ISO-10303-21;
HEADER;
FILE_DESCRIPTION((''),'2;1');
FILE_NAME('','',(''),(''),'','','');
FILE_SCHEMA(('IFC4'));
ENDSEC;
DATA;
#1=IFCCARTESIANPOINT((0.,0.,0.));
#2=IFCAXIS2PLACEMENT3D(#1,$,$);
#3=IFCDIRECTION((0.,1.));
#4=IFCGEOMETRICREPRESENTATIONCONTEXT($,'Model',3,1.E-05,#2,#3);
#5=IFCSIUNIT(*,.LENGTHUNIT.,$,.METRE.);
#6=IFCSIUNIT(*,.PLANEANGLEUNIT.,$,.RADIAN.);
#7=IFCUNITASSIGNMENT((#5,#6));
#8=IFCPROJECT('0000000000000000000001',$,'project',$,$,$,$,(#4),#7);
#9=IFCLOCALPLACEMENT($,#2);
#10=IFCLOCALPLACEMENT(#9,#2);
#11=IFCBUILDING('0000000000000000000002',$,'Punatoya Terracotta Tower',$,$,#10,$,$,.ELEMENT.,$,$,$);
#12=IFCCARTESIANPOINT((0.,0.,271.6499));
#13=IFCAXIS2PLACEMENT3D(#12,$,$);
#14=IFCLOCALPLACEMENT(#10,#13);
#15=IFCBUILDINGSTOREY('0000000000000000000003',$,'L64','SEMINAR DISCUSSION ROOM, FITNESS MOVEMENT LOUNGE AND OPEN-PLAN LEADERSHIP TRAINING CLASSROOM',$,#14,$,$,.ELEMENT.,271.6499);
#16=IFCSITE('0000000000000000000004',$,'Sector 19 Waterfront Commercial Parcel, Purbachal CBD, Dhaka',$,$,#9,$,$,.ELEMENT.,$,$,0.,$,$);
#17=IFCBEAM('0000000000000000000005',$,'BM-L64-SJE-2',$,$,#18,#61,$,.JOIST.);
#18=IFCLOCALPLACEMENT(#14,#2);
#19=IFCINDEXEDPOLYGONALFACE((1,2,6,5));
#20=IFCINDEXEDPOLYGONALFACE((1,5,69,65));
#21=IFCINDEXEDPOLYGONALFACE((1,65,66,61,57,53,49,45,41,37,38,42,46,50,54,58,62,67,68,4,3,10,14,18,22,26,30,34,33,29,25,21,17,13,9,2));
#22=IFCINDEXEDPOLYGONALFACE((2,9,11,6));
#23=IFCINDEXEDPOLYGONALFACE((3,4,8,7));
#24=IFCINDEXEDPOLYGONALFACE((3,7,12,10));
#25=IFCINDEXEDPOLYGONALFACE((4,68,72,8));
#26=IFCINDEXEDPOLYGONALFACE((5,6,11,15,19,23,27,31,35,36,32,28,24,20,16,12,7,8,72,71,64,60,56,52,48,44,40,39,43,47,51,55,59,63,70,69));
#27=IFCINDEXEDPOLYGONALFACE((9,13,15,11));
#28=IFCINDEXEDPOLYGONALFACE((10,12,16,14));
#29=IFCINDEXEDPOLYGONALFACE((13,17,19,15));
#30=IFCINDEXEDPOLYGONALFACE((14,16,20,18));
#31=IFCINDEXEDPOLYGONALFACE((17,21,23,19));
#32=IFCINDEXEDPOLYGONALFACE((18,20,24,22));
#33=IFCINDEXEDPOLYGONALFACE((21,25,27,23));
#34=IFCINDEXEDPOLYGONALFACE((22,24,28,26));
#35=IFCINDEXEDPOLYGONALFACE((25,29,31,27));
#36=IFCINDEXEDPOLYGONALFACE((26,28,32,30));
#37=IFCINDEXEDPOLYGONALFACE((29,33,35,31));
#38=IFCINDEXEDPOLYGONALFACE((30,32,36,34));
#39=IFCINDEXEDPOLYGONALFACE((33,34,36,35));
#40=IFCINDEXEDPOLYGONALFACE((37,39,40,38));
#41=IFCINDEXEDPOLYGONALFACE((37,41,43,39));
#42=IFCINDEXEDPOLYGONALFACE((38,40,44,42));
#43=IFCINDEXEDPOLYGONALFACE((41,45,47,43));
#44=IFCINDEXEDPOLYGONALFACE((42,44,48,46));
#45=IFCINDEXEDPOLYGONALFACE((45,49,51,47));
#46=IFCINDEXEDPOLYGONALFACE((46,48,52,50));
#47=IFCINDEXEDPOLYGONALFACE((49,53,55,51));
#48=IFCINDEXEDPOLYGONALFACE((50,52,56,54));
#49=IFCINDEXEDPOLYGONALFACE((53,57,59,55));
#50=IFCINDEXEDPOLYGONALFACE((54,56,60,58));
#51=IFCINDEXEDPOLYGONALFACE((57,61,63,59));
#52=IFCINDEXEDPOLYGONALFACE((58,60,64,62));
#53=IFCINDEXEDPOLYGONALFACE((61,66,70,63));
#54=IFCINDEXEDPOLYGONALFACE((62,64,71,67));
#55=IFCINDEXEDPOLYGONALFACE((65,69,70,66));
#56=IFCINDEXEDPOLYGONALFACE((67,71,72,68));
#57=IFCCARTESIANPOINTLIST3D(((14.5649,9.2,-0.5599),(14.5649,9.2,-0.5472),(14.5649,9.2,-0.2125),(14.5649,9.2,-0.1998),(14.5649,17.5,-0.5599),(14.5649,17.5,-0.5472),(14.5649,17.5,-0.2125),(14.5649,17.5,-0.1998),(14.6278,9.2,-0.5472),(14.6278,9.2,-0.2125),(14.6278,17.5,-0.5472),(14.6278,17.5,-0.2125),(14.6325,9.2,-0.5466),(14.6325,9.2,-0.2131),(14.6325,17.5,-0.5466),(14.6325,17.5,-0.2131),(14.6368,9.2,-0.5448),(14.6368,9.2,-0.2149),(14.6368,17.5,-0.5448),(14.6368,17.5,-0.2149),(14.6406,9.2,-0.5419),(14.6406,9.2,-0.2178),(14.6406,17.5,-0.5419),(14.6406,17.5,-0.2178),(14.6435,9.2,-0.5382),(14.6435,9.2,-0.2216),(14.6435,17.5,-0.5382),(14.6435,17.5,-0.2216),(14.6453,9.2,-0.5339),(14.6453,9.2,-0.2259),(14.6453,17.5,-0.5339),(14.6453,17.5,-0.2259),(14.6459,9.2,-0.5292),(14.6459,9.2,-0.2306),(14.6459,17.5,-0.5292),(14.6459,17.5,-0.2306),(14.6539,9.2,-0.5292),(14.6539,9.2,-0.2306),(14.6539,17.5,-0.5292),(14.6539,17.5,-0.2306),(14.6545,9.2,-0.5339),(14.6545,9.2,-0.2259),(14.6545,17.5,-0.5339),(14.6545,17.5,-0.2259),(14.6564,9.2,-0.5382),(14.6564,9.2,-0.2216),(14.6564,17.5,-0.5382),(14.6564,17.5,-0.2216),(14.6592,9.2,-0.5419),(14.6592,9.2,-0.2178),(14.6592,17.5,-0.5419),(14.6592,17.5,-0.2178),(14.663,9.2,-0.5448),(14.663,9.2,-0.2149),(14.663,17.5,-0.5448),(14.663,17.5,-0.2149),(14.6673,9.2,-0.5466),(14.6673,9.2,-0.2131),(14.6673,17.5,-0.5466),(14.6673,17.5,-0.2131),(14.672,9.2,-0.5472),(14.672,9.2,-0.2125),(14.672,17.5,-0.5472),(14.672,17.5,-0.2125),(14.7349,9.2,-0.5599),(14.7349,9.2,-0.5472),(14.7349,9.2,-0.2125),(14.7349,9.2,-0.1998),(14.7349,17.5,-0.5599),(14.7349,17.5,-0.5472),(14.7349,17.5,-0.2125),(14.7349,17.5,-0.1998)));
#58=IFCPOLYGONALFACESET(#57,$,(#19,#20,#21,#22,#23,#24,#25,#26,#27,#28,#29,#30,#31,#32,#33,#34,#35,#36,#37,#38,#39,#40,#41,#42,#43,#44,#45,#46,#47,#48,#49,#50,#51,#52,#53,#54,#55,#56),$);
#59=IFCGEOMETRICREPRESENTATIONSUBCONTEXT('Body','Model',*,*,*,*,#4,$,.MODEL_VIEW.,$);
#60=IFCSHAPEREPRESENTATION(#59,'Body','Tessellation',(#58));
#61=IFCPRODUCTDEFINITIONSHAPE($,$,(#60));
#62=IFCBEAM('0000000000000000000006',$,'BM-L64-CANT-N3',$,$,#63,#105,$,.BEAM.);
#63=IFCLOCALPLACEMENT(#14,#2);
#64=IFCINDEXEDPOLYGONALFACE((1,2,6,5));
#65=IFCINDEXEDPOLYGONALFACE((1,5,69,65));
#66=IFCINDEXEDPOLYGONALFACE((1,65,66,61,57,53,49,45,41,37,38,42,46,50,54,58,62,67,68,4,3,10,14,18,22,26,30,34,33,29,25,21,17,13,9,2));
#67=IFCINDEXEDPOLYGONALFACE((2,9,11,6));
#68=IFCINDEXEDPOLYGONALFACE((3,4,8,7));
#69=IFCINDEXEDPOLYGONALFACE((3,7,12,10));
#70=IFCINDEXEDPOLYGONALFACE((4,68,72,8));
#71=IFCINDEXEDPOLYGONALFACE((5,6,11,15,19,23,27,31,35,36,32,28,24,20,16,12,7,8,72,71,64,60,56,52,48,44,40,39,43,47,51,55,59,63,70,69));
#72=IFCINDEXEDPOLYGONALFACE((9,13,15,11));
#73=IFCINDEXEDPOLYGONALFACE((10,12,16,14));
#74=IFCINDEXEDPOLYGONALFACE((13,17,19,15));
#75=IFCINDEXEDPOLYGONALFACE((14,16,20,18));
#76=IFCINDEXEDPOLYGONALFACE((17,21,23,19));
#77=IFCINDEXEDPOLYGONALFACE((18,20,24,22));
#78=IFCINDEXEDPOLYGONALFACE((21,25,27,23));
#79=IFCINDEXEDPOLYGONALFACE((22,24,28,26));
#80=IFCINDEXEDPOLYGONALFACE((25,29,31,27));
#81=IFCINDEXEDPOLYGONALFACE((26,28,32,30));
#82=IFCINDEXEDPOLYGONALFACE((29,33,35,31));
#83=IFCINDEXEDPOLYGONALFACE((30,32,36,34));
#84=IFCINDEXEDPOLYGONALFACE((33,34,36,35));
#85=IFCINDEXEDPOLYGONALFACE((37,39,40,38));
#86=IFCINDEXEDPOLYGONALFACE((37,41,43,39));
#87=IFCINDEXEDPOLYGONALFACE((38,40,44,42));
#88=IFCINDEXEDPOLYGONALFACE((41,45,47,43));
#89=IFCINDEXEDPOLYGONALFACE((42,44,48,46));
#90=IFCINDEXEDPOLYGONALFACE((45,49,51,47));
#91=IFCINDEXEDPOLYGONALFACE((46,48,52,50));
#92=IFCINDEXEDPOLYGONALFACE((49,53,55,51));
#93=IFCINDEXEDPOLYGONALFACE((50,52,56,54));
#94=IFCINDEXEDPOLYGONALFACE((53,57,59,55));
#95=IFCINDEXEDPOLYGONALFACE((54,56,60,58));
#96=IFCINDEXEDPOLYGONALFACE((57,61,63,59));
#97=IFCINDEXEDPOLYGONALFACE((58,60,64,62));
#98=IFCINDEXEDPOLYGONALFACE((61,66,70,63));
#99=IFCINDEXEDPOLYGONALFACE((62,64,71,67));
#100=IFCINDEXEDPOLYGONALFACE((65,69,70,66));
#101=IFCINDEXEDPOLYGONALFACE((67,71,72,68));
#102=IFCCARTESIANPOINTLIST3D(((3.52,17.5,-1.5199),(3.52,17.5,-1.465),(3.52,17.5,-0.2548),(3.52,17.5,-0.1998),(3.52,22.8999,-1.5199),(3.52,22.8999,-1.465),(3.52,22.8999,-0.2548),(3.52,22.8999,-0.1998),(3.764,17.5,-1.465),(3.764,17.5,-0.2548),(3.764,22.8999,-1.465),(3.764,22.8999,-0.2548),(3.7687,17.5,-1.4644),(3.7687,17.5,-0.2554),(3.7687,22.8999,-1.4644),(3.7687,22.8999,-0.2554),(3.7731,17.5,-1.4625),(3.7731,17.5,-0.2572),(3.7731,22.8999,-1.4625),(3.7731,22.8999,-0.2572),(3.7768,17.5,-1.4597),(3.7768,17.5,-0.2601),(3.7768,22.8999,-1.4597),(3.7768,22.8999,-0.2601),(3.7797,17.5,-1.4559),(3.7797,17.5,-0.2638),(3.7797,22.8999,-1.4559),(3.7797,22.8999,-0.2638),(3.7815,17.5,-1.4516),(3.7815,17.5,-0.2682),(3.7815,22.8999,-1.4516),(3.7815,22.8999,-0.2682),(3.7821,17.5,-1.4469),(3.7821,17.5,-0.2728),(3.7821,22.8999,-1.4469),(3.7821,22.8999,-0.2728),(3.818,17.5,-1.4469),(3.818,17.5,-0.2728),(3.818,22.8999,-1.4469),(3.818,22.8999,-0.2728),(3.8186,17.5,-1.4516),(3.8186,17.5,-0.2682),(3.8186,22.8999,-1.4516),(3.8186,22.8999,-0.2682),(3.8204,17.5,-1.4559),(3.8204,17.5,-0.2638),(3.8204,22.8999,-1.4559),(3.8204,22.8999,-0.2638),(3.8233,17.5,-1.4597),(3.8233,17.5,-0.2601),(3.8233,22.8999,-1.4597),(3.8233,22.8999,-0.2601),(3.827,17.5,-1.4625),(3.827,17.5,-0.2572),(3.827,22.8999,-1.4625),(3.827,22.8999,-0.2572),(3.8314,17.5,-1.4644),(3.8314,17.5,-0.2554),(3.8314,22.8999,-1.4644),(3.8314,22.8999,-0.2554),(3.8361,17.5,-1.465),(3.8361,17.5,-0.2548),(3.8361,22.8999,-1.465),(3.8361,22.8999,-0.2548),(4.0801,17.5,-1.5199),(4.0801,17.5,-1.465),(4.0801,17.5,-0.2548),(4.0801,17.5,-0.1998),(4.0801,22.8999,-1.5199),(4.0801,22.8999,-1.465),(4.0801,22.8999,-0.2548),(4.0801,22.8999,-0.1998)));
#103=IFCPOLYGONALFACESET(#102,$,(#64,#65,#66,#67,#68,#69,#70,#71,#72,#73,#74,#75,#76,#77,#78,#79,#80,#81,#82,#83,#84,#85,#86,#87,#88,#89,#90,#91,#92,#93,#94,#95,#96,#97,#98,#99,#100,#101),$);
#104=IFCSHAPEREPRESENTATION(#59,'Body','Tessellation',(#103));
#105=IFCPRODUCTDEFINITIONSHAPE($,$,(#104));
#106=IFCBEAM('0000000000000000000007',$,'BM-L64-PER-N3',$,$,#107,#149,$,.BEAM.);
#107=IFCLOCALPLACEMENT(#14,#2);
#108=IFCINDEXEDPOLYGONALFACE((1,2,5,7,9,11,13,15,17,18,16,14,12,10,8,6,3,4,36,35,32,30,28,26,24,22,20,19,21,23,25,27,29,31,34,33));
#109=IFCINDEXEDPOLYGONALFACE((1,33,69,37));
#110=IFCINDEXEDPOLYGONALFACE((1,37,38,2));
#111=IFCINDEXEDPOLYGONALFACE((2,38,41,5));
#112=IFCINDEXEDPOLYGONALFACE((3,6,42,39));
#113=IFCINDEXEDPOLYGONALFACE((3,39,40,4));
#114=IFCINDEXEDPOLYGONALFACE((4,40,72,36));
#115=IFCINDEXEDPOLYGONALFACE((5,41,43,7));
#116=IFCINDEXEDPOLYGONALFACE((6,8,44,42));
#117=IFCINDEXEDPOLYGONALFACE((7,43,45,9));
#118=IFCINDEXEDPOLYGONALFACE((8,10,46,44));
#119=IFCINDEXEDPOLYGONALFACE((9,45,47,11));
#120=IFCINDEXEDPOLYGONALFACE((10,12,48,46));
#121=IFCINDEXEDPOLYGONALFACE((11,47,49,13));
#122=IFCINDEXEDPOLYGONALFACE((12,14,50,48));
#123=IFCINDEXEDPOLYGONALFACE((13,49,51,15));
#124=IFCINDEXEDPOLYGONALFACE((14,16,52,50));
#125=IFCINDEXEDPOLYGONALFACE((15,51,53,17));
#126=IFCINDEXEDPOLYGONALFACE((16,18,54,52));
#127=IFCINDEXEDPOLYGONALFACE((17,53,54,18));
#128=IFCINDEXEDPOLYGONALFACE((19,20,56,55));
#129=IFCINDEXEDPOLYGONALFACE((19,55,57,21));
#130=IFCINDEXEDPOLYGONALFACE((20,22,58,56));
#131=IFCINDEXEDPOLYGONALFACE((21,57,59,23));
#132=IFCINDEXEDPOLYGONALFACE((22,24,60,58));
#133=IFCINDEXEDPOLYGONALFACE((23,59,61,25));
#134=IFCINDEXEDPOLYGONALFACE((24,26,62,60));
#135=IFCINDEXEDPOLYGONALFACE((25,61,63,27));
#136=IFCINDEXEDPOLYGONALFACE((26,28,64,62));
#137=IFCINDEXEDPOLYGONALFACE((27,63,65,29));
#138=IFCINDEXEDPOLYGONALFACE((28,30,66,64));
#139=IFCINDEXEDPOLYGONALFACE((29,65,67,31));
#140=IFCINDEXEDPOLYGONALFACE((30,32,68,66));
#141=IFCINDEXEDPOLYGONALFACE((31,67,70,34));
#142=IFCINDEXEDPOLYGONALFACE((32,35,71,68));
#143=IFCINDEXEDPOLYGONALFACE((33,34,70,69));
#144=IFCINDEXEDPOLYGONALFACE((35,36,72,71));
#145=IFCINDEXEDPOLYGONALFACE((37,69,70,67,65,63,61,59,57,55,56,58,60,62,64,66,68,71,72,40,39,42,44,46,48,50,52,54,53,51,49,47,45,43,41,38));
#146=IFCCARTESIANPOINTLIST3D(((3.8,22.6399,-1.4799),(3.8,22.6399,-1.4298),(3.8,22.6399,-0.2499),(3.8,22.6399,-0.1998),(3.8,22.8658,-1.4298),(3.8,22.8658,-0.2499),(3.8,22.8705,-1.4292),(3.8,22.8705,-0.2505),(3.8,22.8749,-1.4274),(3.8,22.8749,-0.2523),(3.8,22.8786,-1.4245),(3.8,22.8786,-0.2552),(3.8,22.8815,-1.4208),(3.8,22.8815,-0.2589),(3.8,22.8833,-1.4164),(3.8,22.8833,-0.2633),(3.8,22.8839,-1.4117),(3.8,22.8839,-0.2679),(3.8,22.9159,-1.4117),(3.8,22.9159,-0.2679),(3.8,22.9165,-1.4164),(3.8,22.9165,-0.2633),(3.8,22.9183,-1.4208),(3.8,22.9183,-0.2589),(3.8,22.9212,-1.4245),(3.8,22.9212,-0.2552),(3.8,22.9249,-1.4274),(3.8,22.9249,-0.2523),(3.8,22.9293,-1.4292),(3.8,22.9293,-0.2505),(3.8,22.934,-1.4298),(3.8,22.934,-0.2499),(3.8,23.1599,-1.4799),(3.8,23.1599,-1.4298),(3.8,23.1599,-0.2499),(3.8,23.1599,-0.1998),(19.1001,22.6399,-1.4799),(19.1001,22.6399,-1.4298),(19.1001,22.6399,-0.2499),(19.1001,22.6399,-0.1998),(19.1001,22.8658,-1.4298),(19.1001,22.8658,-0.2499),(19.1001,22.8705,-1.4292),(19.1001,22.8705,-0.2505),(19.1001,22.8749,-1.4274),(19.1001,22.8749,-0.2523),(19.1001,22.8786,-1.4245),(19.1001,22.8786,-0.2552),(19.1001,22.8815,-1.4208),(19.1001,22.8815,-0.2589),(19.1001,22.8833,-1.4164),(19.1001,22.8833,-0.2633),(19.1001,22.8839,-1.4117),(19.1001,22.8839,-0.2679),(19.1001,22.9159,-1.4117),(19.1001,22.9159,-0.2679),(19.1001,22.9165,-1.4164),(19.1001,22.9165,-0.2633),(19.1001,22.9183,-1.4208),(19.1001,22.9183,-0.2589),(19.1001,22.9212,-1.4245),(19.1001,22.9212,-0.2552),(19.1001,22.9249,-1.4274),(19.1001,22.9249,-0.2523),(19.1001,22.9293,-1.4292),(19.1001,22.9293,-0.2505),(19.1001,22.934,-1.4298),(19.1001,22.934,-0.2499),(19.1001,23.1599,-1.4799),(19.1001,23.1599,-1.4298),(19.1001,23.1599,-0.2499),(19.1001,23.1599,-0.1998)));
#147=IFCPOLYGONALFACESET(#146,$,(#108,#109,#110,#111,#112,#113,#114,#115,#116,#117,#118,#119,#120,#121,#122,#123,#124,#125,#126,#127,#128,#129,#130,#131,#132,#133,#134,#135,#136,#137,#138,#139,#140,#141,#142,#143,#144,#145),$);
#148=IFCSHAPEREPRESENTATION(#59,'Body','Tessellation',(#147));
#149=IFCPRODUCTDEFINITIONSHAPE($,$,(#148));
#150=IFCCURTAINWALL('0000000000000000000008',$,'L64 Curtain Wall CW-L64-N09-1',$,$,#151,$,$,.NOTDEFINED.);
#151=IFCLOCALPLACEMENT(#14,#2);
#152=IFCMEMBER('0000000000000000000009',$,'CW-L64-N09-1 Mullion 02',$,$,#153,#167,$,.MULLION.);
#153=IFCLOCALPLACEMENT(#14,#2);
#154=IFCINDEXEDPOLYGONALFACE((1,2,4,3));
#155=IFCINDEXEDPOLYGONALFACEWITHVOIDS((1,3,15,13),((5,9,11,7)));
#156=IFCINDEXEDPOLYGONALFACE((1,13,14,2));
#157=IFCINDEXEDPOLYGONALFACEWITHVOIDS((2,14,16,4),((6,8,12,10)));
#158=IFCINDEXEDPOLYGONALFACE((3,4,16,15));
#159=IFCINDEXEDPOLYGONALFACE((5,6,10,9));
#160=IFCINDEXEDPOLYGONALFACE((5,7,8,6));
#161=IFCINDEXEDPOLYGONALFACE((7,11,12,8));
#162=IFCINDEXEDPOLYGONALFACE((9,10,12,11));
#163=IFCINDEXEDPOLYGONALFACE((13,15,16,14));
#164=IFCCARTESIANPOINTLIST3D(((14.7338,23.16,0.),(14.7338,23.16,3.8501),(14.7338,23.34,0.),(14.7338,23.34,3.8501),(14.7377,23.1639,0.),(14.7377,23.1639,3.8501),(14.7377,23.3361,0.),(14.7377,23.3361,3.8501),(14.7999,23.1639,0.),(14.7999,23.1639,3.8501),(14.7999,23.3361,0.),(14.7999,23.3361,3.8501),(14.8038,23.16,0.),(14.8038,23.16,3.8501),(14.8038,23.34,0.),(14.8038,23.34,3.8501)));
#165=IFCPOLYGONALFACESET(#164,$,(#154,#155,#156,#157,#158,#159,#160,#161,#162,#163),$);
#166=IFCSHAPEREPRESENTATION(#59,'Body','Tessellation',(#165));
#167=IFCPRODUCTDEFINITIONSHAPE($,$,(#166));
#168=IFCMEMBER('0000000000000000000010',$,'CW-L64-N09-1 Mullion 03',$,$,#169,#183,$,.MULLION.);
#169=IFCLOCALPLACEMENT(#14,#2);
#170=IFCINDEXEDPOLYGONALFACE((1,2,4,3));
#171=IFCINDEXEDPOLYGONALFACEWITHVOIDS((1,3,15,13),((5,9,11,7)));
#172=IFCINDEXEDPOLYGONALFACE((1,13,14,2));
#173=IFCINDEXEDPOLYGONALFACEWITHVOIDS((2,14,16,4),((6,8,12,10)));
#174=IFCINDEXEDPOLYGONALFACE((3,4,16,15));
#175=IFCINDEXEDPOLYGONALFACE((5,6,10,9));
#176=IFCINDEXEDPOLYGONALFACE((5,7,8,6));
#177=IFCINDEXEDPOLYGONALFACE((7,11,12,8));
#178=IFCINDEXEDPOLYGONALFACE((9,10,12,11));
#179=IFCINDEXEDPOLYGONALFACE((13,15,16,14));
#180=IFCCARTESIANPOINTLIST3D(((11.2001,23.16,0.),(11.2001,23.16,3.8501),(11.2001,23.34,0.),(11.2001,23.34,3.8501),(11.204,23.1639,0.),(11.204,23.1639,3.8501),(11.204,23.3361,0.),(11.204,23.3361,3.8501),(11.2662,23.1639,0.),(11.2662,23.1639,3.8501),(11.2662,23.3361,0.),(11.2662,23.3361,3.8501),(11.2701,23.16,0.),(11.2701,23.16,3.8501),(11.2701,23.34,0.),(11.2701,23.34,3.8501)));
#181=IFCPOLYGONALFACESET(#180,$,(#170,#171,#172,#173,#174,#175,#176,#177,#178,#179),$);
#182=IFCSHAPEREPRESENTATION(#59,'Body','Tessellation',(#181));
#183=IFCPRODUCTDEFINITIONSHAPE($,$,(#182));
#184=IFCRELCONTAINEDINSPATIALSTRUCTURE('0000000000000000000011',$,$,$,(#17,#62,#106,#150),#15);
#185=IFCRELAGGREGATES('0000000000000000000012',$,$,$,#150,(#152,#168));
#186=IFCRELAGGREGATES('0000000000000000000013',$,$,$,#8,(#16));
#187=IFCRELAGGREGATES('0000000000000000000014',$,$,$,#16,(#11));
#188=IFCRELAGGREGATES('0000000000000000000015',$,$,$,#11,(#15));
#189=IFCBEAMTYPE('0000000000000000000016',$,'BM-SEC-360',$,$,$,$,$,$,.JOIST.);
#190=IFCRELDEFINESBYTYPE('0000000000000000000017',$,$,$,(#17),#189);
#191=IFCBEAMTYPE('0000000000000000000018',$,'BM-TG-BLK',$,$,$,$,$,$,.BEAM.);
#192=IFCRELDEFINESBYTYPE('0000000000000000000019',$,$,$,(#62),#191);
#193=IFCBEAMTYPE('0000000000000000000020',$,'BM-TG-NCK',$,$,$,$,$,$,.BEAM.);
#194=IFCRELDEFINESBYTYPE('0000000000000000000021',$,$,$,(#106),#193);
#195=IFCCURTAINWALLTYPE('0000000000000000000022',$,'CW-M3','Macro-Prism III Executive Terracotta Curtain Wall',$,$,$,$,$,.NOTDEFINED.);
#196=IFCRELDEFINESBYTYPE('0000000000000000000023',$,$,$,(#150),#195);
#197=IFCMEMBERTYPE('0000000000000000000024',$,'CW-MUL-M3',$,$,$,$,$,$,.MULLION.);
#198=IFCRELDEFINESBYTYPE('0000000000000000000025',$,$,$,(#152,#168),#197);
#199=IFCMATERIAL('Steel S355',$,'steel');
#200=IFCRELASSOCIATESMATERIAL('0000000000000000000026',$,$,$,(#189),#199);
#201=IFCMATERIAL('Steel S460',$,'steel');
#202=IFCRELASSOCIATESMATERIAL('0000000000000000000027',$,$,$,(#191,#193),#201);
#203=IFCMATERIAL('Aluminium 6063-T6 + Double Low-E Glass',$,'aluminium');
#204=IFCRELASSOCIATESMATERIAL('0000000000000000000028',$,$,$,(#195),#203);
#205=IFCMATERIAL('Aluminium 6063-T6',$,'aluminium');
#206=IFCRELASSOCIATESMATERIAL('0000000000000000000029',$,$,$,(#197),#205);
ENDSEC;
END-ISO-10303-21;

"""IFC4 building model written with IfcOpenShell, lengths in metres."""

from ifc_helpers import new_model, si_unit, direction, frame, origin, origin_2d, place, context, subcontext, project, spatial, hollow_rectangle, i_section, extrude, material, material_profile, profile_set, type_object, element, aggregate, save


model = new_model("IFC4")

# Units and contexts
model_context = context("Model", 3, precision=1e-05, world=origin(), true_north=direction((0.0, 1.0)))
body_context = subcontext(model_context, "Body", "Model", "MODEL_VIEW")
ifc_project = project(units=[si_unit("LENGTHUNIT", "METRE"), si_unit("PLANEANGLEUNIT", "RADIAN")], contexts=[model_context])

# Site, building, storey
site_placement = place(None, origin())
site = spatial("IfcSite", under=ifc_project, at=site_placement, Name="Sector 19 Waterfront Commercial Parcel, Purbachal CBD, Dhaka", CompositionType="ELEMENT", RefElevation=0.0)
building_placement = place(site_placement, origin())
building = spatial("IfcBuilding", under=site, at=building_placement, Name="Punatoya Terracotta Tower", CompositionType="ELEMENT")
storey_placement = place(building_placement, frame((0.0, 0.0, 271.6499)))
storey = spatial("IfcBuildingStorey", under=building, at=storey_placement, Name="L64", Description="SEMINAR DISCUSSION ROOM, FITNESS MOVEMENT LOUNGE AND OPEN-PLAN LEADERSHIP TRAINING CLASSROOM", CompositionType="ELEMENT", Elevation=271.6499)

# Shared definitions
ifc_material_1 = material(Name="Steel S460", Category="steel")

# Beams
ifc_material_2 = material(Name="Steel S355", Category="steel")
ifc_material_profile_1 = material_profile(ifc_material_2, i_section(OverallWidth=0.1699, OverallDepth=0.3601, WebThickness=0.0081, FlangeThickness=0.0127, FilletRadius=0.0181, at=origin_2d()))
ifc_profile_set_1 = profile_set([ifc_material_profile_1], Name="Steel S355")
beam_type_1 = type_object("IfcBeamType", Name="BM-SEC-360", PredefinedType="JOIST", material=ifc_profile_set_1)
beam_1_placement = place(storey_placement, frame((14.6499, 9.2, -0.3799), z_axis=(0.0, 1.0, 0.0), x_axis=(-1.0, 0.0, 0.0)))
element("IfcBeam", 1, at=beam_1_placement, inside=storey, type_object=beam_type_1, Name="BM-L64-SJE-2", PredefinedType="JOIST", context=body_context, shape_type="SweptSolid", body=[
    extrude(i_section(OverallWidth=0.1699, OverallDepth=0.3601, WebThickness=0.0081, FlangeThickness=0.0127, FilletRadius=0.0181, at=origin_2d()), origin(), (0.0, 0.0, 1.0), 8.3),
])
ifc_material_profile_2 = material_profile(ifc_material_1, i_section(OverallWidth=0.5601, OverallDepth=1.3201, WebThickness=0.0359, FlangeThickness=0.0549, FilletRadius=0.0181, at=origin_2d()))
ifc_profile_set_2 = profile_set([ifc_material_profile_2], Name="Steel S460")
beam_type_2 = type_object("IfcBeamType", Name="BM-TG-BLK", PredefinedType="BEAM", material=ifc_profile_set_2)
beam_2_placement = place(storey_placement, frame((3.8, 17.5, -0.8599), z_axis=(0.0, 1.0, 0.0), x_axis=(-1.0, 0.0, 0.0)))
element("IfcBeam", 2, at=beam_2_placement, inside=storey, type_object=beam_type_2, Name="BM-L64-CANT-N3", PredefinedType="BEAM", context=body_context, shape_type="SweptSolid", body=[
    extrude(i_section(OverallWidth=0.5601, OverallDepth=1.3201, WebThickness=0.0359, FlangeThickness=0.0549, FilletRadius=0.0181, at=origin_2d()), origin(), (0.0, 0.0, 1.0), 5.3999),
])
ifc_material_profile_3 = material_profile(ifc_material_1, i_section(OverallWidth=0.52, OverallDepth=1.28, WebThickness=0.032, FlangeThickness=0.05, FilletRadius=0.0181, at=origin_2d()))
ifc_profile_set_3 = profile_set([ifc_material_profile_3], Name="Steel S460")
beam_type_3 = type_object("IfcBeamType", Name="BM-TG-NCK", PredefinedType="BEAM", material=ifc_profile_set_3)
beam_3_placement = place(storey_placement, frame((3.8, 22.8999, -0.8398), z_axis=(1.0, 0.0, 0.0), x_axis=(0.0, 1.0, 0.0)))
element("IfcBeam", 3, at=beam_3_placement, inside=storey, type_object=beam_type_3, Name="BM-L64-PER-N3", PredefinedType="BEAM", context=body_context, shape_type="SweptSolid", body=[
    extrude(i_section(OverallWidth=0.52, OverallDepth=1.28, WebThickness=0.032, FlangeThickness=0.05, FilletRadius=0.0181, at=origin_2d()), origin(), (0.0, 0.0, 1.0), 15.3),
])

# Curtain wall, members
ifc_material_3 = material(Name="Aluminium 6063-T6 + Double Low-E Glass", Category="aluminium")
curtain_wall_type = type_object("IfcCurtainWallType", Name="CW-M3", Description="Macro-Prism III Executive Terracotta Curtain Wall", PredefinedType="NOTDEFINED", material=ifc_material_3)
curtain_wall_placement = place(storey_placement, origin())
curtain_wall = element("IfcCurtainWall", 4, at=curtain_wall_placement, inside=storey, type_object=curtain_wall_type, Name="L64 Curtain Wall CW-L64-N09-1", PredefinedType="NOTDEFINED")
ifc_material_4 = material(Name="Aluminium 6063-T6", Category="aluminium")
ifc_material_profile_4 = material_profile(ifc_material_4, hollow_rectangle(XDim=0.0701, YDim=0.1799, WallThickness=0.0039, at=origin_2d()))
ifc_profile_set_4 = profile_set([ifc_material_profile_4], Name="Aluminium 6063-T6")
member_type = type_object("IfcMemberType", Name="CW-MUL-M3", PredefinedType="MULLION", material=ifc_profile_set_4)
member_1_placement = place(storey_placement, frame((14.7688, 23.25, 0.0), z_axis=(0.0, 0.0, 1.0), x_axis=(1.0, 0.0, 0.0)))
member_1 = element("IfcMember", 5, at=member_1_placement, type_object=member_type, Name="CW-L64-N09-1 Mullion 02", PredefinedType="MULLION", context=body_context, shape_type="SweptSolid", body=[
    extrude(hollow_rectangle(XDim=0.0701, YDim=0.1799, WallThickness=0.0039, at=origin_2d()), origin(), (0.0, 0.0, 1.0), 3.8501),
])
member_2_placement = place(storey_placement, frame((11.2351, 23.25, 0.0), z_axis=(0.0, 0.0, 1.0), x_axis=(1.0, 0.0, 0.0)))
member_2 = element("IfcMember", 6, at=member_2_placement, type_object=member_type, Name="CW-L64-N09-1 Mullion 03", PredefinedType="MULLION", context=body_context, shape_type="SweptSolid", body=[
    extrude(hollow_rectangle(XDim=0.0701, YDim=0.1799, WallThickness=0.0039, at=origin_2d()), origin(), (0.0, 0.0, 1.0), 3.8501),
])
aggregate(curtain_wall, [member_1, member_2])

save(model, "model.ifc")
